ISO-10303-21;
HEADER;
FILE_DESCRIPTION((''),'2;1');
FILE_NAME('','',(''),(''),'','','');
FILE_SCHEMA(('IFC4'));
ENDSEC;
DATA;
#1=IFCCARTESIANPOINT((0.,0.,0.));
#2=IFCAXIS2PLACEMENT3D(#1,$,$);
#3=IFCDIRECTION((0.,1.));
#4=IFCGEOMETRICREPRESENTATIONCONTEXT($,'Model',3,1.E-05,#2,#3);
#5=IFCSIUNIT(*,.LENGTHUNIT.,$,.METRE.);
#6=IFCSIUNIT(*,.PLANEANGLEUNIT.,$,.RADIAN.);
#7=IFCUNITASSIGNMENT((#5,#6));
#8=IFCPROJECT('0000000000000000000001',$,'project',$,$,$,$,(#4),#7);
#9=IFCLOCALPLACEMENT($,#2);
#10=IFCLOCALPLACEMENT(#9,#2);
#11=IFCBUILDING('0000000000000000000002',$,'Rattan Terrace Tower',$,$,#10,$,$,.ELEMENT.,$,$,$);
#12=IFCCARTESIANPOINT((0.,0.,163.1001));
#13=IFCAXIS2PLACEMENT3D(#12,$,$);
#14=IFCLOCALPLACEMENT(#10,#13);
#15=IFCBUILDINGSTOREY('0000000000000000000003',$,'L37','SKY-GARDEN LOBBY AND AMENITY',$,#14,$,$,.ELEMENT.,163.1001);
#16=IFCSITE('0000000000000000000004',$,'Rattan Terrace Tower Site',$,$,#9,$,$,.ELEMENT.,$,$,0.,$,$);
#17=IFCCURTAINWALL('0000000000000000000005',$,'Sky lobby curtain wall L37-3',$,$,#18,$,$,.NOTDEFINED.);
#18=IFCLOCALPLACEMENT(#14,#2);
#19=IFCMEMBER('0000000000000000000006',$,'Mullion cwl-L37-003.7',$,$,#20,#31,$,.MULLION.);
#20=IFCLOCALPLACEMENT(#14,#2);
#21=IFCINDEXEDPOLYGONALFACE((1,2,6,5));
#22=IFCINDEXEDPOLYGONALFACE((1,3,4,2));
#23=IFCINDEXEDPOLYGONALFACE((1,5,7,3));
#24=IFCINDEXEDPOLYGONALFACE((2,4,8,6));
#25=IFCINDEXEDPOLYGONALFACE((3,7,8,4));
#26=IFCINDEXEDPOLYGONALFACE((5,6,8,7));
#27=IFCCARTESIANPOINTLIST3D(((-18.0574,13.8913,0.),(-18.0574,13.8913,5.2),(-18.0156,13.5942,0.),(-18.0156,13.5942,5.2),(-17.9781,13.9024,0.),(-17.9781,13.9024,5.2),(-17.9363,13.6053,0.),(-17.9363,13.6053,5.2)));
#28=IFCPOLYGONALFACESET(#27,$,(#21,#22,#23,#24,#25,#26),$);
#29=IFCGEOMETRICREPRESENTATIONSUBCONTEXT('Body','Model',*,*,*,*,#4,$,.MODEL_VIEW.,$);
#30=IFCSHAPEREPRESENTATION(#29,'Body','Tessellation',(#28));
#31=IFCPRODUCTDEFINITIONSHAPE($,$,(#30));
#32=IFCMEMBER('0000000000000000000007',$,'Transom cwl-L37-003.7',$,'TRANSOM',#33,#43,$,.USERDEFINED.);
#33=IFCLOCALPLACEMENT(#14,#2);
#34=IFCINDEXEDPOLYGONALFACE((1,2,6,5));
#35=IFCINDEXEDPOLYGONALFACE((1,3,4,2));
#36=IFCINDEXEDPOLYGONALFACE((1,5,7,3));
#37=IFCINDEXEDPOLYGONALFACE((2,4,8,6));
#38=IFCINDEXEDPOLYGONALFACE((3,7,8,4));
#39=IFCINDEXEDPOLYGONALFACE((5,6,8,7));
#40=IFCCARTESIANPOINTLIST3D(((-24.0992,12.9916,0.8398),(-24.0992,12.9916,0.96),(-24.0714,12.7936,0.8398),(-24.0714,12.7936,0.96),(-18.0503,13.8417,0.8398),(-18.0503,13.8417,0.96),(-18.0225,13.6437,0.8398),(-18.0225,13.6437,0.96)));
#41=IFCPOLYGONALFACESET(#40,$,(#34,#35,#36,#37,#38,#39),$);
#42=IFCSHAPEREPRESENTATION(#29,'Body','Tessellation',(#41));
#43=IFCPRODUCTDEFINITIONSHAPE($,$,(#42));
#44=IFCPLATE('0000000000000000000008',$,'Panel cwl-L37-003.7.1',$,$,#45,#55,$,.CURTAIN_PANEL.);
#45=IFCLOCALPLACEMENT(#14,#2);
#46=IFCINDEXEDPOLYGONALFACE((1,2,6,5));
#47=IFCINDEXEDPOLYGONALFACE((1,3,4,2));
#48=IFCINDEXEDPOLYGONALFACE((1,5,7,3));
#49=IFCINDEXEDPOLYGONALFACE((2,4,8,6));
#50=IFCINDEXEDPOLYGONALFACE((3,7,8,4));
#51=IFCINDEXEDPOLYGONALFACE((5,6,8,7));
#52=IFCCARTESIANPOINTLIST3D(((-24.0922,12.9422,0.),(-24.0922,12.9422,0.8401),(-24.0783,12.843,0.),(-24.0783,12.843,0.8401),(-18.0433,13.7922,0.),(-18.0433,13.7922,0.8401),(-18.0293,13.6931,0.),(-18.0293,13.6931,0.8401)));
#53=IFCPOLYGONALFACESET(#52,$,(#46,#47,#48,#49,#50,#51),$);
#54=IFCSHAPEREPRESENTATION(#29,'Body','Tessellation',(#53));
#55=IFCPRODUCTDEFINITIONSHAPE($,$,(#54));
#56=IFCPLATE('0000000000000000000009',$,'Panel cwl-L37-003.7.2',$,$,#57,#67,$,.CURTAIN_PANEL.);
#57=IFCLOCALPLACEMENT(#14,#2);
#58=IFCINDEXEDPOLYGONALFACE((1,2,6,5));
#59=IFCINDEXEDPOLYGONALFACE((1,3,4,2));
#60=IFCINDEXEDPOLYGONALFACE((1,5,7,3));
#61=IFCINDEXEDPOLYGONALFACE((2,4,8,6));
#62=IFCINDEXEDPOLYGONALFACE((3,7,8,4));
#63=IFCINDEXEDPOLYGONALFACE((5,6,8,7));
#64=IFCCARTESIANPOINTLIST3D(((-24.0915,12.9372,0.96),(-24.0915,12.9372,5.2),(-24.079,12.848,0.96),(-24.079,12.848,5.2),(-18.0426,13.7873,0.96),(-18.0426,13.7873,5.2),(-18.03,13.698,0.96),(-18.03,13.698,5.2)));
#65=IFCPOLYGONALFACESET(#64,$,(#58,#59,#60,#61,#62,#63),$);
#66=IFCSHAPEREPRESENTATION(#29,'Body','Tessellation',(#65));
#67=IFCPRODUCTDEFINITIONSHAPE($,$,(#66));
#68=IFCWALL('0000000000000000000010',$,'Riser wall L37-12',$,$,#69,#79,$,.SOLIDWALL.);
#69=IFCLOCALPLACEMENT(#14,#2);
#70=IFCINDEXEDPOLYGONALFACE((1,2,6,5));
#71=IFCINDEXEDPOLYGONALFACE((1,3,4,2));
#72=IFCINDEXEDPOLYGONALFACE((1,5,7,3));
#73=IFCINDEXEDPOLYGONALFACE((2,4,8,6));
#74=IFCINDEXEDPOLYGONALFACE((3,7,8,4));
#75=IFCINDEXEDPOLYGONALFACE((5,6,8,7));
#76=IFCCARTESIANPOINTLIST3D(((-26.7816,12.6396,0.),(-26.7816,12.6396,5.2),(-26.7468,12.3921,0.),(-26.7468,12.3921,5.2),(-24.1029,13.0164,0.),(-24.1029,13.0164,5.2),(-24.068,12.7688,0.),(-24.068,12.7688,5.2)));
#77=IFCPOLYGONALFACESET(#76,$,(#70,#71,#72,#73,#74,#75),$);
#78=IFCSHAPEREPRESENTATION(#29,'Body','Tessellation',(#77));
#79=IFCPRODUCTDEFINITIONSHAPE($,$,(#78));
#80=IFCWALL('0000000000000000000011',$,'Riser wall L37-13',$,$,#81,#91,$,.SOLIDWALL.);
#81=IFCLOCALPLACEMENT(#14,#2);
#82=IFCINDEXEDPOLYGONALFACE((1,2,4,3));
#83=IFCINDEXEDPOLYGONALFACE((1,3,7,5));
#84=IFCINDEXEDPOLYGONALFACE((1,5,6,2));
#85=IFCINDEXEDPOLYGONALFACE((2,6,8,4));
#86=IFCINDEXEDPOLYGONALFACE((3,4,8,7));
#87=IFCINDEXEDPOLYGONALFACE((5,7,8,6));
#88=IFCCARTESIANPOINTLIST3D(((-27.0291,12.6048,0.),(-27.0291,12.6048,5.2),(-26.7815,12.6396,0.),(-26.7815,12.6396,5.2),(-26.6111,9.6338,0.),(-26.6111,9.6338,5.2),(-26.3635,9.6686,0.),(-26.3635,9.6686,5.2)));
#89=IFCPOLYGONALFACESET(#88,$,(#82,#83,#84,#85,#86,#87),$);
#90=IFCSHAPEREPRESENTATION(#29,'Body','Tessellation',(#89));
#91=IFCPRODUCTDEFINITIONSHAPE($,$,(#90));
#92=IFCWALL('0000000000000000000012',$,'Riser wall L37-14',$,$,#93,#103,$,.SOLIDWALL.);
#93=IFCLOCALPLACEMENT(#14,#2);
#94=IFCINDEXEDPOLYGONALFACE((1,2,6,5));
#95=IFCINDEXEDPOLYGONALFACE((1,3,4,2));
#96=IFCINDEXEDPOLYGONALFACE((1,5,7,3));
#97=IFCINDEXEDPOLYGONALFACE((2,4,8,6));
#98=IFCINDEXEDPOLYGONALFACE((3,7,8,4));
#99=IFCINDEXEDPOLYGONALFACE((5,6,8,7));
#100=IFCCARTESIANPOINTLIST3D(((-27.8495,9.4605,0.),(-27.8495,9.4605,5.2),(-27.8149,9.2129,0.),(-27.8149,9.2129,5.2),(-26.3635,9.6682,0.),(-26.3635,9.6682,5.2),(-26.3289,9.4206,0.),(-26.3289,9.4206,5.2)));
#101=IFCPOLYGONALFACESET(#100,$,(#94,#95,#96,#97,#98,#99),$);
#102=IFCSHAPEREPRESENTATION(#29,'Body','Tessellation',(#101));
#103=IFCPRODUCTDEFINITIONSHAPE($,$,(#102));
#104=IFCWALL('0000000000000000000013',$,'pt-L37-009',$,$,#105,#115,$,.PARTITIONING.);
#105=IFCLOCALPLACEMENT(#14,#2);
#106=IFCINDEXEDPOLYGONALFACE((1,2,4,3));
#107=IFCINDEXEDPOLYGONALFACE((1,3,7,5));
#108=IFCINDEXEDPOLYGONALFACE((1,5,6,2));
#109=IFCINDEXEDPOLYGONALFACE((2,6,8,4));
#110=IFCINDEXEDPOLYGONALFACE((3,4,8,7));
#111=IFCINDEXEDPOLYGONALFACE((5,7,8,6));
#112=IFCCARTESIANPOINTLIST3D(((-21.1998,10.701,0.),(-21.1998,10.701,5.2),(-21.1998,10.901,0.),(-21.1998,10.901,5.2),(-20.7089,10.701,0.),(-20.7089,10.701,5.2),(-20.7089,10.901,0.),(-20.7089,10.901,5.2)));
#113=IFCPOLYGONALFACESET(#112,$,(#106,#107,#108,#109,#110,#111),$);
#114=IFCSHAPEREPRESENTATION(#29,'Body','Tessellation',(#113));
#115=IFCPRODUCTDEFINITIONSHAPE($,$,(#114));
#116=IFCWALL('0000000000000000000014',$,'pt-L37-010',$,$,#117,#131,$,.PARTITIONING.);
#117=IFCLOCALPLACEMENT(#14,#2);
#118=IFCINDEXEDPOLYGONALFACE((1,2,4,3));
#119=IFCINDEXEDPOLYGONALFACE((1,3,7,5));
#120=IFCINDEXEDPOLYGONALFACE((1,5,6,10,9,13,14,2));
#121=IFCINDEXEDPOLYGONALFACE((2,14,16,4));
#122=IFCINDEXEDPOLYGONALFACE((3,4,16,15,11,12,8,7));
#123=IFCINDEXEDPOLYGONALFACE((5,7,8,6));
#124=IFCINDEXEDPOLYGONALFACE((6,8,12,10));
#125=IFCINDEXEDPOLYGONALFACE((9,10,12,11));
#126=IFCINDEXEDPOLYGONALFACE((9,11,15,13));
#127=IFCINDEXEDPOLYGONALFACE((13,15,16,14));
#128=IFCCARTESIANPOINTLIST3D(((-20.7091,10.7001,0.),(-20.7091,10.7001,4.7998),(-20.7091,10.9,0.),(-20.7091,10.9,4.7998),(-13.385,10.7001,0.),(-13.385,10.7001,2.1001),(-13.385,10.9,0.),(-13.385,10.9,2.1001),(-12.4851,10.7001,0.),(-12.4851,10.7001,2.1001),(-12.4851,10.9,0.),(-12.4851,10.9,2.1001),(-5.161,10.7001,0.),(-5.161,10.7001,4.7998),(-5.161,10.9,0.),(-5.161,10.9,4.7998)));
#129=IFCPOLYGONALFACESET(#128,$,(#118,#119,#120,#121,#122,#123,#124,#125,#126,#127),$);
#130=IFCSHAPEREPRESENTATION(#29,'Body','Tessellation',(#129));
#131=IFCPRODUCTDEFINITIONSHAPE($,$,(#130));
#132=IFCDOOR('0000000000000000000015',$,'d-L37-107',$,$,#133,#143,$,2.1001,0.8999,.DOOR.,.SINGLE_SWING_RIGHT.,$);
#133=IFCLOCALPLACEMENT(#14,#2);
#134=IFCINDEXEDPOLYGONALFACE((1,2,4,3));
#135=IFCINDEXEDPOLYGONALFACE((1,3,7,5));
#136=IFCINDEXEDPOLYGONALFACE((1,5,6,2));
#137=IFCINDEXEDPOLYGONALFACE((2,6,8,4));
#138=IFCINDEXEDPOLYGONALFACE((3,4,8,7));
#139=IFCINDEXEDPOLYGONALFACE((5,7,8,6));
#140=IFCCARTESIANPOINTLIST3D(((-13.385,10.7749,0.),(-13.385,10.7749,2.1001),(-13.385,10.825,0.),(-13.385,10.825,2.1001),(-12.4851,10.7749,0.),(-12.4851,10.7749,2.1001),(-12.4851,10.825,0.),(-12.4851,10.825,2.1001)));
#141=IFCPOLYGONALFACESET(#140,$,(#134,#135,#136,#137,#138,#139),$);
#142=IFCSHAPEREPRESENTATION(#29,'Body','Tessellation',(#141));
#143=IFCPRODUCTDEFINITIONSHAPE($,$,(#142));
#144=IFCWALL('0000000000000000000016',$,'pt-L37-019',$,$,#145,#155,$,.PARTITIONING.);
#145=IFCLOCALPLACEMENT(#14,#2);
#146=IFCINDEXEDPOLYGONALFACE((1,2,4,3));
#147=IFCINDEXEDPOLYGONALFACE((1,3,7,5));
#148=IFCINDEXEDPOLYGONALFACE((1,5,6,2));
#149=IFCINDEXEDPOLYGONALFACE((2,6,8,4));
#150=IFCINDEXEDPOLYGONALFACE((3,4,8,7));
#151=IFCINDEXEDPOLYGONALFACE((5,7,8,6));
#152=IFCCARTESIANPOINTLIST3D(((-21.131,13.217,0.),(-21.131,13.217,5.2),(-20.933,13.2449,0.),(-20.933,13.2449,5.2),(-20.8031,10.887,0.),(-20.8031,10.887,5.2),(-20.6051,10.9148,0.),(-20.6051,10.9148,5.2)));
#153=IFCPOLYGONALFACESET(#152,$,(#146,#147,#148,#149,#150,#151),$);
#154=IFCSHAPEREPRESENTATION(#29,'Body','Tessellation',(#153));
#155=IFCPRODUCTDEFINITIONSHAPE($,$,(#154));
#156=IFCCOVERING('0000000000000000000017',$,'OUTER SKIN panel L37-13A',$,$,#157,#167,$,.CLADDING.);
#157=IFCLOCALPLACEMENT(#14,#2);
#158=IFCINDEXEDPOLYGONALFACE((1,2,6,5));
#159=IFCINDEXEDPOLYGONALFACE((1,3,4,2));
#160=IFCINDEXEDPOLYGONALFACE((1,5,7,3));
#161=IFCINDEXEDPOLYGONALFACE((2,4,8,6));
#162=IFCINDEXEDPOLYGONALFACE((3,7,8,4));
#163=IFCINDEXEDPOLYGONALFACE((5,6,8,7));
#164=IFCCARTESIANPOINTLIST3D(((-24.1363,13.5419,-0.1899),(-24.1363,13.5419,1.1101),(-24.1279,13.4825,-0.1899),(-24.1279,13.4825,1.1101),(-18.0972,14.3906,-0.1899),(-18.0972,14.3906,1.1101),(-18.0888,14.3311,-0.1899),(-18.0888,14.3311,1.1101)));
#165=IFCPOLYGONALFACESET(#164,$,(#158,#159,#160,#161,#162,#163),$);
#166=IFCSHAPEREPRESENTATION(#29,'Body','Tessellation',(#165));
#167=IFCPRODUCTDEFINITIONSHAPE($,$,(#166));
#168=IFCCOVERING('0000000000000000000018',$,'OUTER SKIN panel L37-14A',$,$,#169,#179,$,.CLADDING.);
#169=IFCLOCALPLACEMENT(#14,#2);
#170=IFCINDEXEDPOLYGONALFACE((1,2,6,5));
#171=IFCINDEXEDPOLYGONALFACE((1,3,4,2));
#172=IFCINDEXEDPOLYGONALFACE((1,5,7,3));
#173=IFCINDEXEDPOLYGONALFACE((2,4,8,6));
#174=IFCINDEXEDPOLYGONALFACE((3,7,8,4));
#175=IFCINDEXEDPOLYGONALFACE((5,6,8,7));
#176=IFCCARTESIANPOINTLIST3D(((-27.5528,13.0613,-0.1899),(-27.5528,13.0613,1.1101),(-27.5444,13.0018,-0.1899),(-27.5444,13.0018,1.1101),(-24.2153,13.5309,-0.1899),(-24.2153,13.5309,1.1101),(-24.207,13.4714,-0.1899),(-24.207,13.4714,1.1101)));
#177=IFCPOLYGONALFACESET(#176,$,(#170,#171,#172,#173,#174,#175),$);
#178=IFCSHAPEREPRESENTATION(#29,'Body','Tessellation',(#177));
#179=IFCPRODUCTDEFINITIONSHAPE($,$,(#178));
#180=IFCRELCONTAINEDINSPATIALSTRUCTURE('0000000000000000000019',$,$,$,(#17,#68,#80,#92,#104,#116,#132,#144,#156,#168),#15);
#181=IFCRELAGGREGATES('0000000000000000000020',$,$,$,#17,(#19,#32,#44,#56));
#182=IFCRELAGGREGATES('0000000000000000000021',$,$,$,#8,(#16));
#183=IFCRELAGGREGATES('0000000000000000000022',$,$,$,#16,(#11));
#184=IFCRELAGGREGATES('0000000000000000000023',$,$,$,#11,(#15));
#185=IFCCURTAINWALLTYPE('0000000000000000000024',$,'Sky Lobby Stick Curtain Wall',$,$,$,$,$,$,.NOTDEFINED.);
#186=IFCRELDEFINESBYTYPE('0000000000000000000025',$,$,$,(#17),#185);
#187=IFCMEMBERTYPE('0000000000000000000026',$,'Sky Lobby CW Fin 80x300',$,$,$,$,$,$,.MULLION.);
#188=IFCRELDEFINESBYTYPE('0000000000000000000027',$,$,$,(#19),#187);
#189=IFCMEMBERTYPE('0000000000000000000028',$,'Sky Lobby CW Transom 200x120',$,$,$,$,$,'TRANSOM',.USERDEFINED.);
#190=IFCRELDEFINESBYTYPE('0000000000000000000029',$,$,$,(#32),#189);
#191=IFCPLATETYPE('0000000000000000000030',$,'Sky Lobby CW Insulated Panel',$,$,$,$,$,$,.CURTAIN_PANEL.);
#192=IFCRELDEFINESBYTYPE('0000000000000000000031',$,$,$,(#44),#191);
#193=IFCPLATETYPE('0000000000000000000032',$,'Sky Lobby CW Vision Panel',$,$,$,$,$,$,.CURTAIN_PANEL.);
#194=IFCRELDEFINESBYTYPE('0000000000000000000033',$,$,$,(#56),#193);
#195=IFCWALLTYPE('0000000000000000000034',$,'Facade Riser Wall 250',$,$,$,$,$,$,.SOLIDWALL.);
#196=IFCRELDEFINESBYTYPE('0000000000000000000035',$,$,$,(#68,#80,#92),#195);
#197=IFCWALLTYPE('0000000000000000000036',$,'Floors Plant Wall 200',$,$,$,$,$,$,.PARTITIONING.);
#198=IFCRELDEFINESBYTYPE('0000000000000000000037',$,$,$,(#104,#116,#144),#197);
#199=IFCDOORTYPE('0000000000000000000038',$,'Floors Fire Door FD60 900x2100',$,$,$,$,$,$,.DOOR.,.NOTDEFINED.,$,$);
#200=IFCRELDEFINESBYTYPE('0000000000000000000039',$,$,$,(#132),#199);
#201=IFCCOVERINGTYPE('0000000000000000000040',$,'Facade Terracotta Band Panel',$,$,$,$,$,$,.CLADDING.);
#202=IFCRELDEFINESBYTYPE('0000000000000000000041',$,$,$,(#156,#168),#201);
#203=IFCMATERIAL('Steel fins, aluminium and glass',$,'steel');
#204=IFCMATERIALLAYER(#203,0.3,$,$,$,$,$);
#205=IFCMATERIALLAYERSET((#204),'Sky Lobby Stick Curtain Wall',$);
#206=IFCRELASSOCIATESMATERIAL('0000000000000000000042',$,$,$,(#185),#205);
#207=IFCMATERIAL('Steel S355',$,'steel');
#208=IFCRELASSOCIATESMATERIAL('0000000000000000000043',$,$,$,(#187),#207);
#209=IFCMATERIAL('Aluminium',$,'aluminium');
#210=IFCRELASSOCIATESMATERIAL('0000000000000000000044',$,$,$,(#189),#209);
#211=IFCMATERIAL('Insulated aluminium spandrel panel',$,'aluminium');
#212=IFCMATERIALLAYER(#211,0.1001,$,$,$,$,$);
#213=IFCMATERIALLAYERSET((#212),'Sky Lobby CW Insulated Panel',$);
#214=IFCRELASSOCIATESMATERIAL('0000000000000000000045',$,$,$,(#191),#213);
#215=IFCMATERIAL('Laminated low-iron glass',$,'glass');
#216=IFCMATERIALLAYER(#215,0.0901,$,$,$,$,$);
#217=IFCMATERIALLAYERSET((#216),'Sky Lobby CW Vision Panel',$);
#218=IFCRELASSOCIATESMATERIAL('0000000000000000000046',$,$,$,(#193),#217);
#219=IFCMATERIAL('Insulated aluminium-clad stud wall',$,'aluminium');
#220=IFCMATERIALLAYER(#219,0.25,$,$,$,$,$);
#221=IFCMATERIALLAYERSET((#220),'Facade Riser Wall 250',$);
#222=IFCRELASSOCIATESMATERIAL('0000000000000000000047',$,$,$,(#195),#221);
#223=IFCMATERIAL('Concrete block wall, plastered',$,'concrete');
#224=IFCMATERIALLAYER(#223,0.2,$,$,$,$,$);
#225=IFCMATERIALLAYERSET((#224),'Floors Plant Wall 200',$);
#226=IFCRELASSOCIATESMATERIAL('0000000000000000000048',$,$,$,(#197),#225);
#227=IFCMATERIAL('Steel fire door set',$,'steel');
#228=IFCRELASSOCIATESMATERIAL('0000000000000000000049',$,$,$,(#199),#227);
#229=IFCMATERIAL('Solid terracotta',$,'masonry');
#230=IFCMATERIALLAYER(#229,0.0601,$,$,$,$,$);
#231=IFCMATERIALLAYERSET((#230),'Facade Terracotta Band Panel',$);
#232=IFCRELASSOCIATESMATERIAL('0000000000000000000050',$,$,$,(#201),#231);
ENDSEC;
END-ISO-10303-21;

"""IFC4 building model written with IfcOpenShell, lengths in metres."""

from ifc_helpers import new_model, si_unit, direction, frame, frame_2d, origin, origin_2d, place, context, subcontext, project, spatial, rectangle, extrude, material, layer, layer_set, material_profile, profile_set, type_object, element, fill, aggregate, save


model = new_model("IFC4")

# Units and contexts
model_context = context("Model", 3, precision=1e-05, world=origin(), true_north=direction((0.0, 1.0)))
body_context = subcontext(model_context, "Body", "Model", "MODEL_VIEW")
ifc_project = project(units=[si_unit("LENGTHUNIT", "METRE"), si_unit("PLANEANGLEUNIT", "RADIAN")], contexts=[model_context])

# Site, building, storey
site_placement = place(None, origin())
site = spatial("IfcSite", under=ifc_project, at=site_placement, Name="Rattan Terrace Tower Site", CompositionType="ELEMENT", RefElevation=0.0)
building_placement = place(site_placement, origin())
building = spatial("IfcBuilding", under=site, at=building_placement, Name="Rattan Terrace Tower", CompositionType="ELEMENT")
storey_placement = place(building_placement, frame((0.0, 0.0, 163.1001)))
storey = spatial("IfcBuildingStorey", under=building, at=storey_placement, Name="L37", Description="SKY-GARDEN LOBBY AND AMENITY", CompositionType="ELEMENT", Elevation=163.1001)

# Curtain wall, members, plates
ifc_material_1 = material(Name="Steel fins, aluminium and glass", Category="steel")
ifc_layer_1 = layer(ifc_material_1, 0.3)
ifc_layer_set_1 = layer_set([ifc_layer_1], Name="Sky Lobby Stick Curtain Wall")
curtain_wall_type = type_object("IfcCurtainWallType", Name="Sky Lobby Stick Curtain Wall", PredefinedType="NOTDEFINED", material=ifc_layer_set_1)
curtain_wall_placement = place(storey_placement, origin())
curtain_wall = element("IfcCurtainWall", 1, at=curtain_wall_placement, inside=storey, type_object=curtain_wall_type, Name="Sky lobby curtain wall L37-3", PredefinedType="NOTDEFINED")
ifc_material_2 = material(Name="Steel S355", Category="steel")
ifc_material_profile_1 = material_profile(ifc_material_2, rectangle(XDim=0.0801, YDim=0.3, at=origin_2d()), Name="Steel S355 80x300")
ifc_profile_set_1 = profile_set([ifc_material_profile_1], Name="Steel S355")
member_type_1 = type_object("IfcMemberType", Name="Sky Lobby CW Fin 80x300", PredefinedType="MULLION", material=ifc_profile_set_1)
member_1_placement = place(storey_placement, frame((-17.9968, 13.7483, 0.0), z_axis=(0.0, 0.0, 1.0), x_axis=(-0.99027, -0.139161, 0.0)))
member_1 = element("IfcMember", 2, at=member_1_placement, type_object=member_type_1, Name="Mullion cwl-L37-003.7", PredefinedType="MULLION", context=body_context, shape_type="SweptSolid", body=[
    extrude(rectangle(XDim=0.0801, YDim=0.3, at=origin_2d()), origin(), (0.0, 0.0, 1.0), 5.2),
])
ifc_material_3 = material(Name="Aluminium", Category="aluminium")
ifc_material_profile_2 = material_profile(ifc_material_3, rectangle(XDim=0.2, YDim=0.1201, at=origin_2d()), Name="Aluminium 200x120")
ifc_profile_set_2 = profile_set([ifc_material_profile_2], Name="Aluminium")
member_type_2 = type_object("IfcMemberType", Name="Sky Lobby CW Transom 200x120", ElementType="TRANSOM", PredefinedType="USERDEFINED", material=ifc_profile_set_2)
member_2_placement = place(storey_placement, frame((-18.0364, 13.7427, 0.8999), z_axis=(-0.990269, -0.139166, 0.0), x_axis=(0.139166, -0.990269, 0.0)))
member_2 = element("IfcMember", 3, at=member_2_placement, type_object=member_type_2, Name="Transom cwl-L37-003.7", ObjectType="TRANSOM", PredefinedType="USERDEFINED", context=body_context, shape_type="SweptSolid", body=[
    extrude(rectangle(XDim=0.2, YDim=0.1201, at=origin_2d()), origin(), (0.0, 0.0, 1.0), 6.1084),
])
ifc_material_4 = material(Name="Insulated aluminium spandrel panel", Category="aluminium")
ifc_layer_2 = layer(ifc_material_4, 0.1001)
ifc_layer_set_2 = layer_set([ifc_layer_2], Name="Sky Lobby CW Insulated Panel")
plate_type_1 = type_object("IfcPlateType", Name="Sky Lobby CW Insulated Panel", PredefinedType="CURTAIN_PANEL", material=ifc_layer_set_2)
plate_1_placement = place(storey_placement, frame((-21.0608, 13.3176, 0.0), z_axis=(0.0, 0.0, 1.0), x_axis=(-0.99027, -0.139161, 0.0)))
plate_1 = element("IfcPlate", 4, at=plate_1_placement, type_object=plate_type_1, Name="Panel cwl-L37-003.7.1", PredefinedType="CURTAIN_PANEL", context=body_context, shape_type="SweptSolid", body=[
    extrude(rectangle(XDim=6.1084, YDim=0.1001, at=origin_2d()), origin(), (0.0, 0.0, 1.0), 0.8401),
])
ifc_material_5 = material(Name="Laminated low-iron glass", Category="glass")
ifc_layer_3 = layer(ifc_material_5, 0.0901)
ifc_layer_set_3 = layer_set([ifc_layer_3], Name="Sky Lobby CW Vision Panel")
plate_type_2 = type_object("IfcPlateType", Name="Sky Lobby CW Vision Panel", PredefinedType="CURTAIN_PANEL", material=ifc_layer_set_3)
plate_2_placement = place(storey_placement, frame((-21.0608, 13.3176, 0.96), z_axis=(0.0, 0.0, 1.0), x_axis=(-0.99027, -0.139161, 0.0)))
plate_2 = element("IfcPlate", 5, at=plate_2_placement, type_object=plate_type_2, Name="Panel cwl-L37-003.7.2", PredefinedType="CURTAIN_PANEL", context=body_context, shape_type="SweptSolid", body=[
    extrude(rectangle(XDim=6.1084, YDim=0.0901, at=origin_2d()), origin(), (0.0, 0.0, 1.0), 4.24),
])
aggregate(curtain_wall, [member_1, member_2, plate_1, plate_2])

# Walls
ifc_material_6 = material(Name="Insulated aluminium-clad stud wall", Category="aluminium")
ifc_layer_4 = layer(ifc_material_6, 0.25)
ifc_layer_set_4 = layer_set([ifc_layer_4], Name="Facade Riser Wall 250")
wall_type_1 = type_object("IfcWallType", Name="Facade Riser Wall 250", PredefinedType="SOLIDWALL", material=ifc_layer_set_4)
wall_1_placement = place(storey_placement, frame((-24.0854, 12.8926, 0.0), z_axis=(0.0, 0.0, 1.0), x_axis=(-0.990256, -0.13926, 0.0)))
element("IfcWall", 6, at=wall_1_placement, inside=storey, type_object=wall_type_1, Name="Riser wall L37-12", PredefinedType="SOLIDWALL", context=body_context, shape_type="SweptSolid", body=[
    extrude(rectangle(XDim=2.7051, YDim=0.25, at=frame_2d((1.3525, 0.0))), origin(), (0.0, 0.0, 1.0), 5.2),
])
wall_2_placement = place(storey_placement, frame((-26.9053, 12.6221, 0.0), z_axis=(0.0, 0.0, 1.0), x_axis=(0.139313, -0.990248, 0.0)))
element("IfcWall", 7, at=wall_2_placement, inside=storey, type_object=wall_type_1, Name="Riser wall L37-13", PredefinedType="SOLIDWALL", context=body_context, shape_type="SweptSolid", body=[
    extrude(rectangle(XDim=3.0002, YDim=0.25, at=frame_2d((1.5, 0.0))), origin(), (0.0, 0.0, 1.0), 5.2),
])
wall_3_placement = place(storey_placement, frame((-26.3462, 9.5444, 0.0), z_axis=(0.0, 0.0, 1.0), x_axis=(-0.990368, -0.13846, 0.0)))
element("IfcWall", 8, at=wall_3_placement, inside=storey, type_object=wall_type_1, Name="Riser wall L37-14", PredefinedType="SOLIDWALL", context=body_context, shape_type="SweptSolid", body=[
    extrude(rectangle(XDim=1.5005, YDim=0.25, at=frame_2d((0.7502, 0.0))), origin(), (0.0, 0.0, 1.0), 5.2),
])
ifc_material_7 = material(Name="Concrete block wall, plastered", Category="concrete")
ifc_layer_5 = layer(ifc_material_7, 0.2)
ifc_layer_set_5 = layer_set([ifc_layer_5], Name="Floors Plant Wall 200")
wall_type_2 = type_object("IfcWallType", Name="Floors Plant Wall 200", PredefinedType="PARTITIONING", material=ifc_layer_set_5)
wall_4_placement = place(storey_placement, frame((-21.2, 10.801, 0.0), z_axis=(0.0, 0.0, 1.0), x_axis=(1.0, 0.0, 0.0)))
element("IfcWall", 9, at=wall_4_placement, inside=storey, type_object=wall_type_2, Name="pt-L37-009", PredefinedType="PARTITIONING", context=body_context, shape_type="SweptSolid", body=[
    extrude(rectangle(XDim=0.491, YDim=0.2, at=frame_2d((0.2456, 0.0))), origin(), (0.0, 0.0, 1.0), 5.2),
])

# Wall, opening, door
wall_5_placement = place(storey_placement, frame((-20.709, 10.8, 0.0), z_axis=(0.0, 0.0, 1.0), x_axis=(1.0, 0.0, 0.0)))
wall_5 = element("IfcWall", 10, at=wall_5_placement, inside=storey, type_object=wall_type_2, Name="pt-L37-010", PredefinedType="PARTITIONING", context=body_context, shape_type="SweptSolid", body=[
    extrude(rectangle(XDim=15.5481, YDim=0.2, at=frame_2d((7.7739, 0.0))), origin(), (0.0, 0.0, 1.0), 4.7998),
])
opening_placement = place(wall_5_placement, frame((7.324, 0.0, 0.0)))
opening = element("IfcOpeningElement", 11, at=opening_placement, cuts=wall_5, PredefinedType="OPENING", context=body_context, shape_type="SweptSolid", body=[
    extrude(rectangle(XDim=0.8999, YDim=2.1001, at=frame_2d((0.45, 1.05))), frame((0.0, 0.1106, 0.0), z_axis=(0.0, -1.0, 0.0), x_axis=(1.0, 0.0, 0.0)), (0.0, 0.0, 1.0), 0.2209),
])
ifc_material_8 = material(Name="Steel fire door set", Category="steel")
door_type = type_object("IfcDoorType", Name="Floors Fire Door FD60 900x2100", OperationType="NOTDEFINED", PredefinedType="DOOR", material=ifc_material_8)
door_placement = place(opening_placement, origin())
door = element("IfcDoor", 12, at=door_placement, inside=storey, type_object=door_type, Name="d-L37-107", OperationType="SINGLE_SWING_RIGHT", OverallHeight=2.1001, OverallWidth=0.8999, PredefinedType="DOOR", context=body_context, shape_type="SweptSolid", body=[
    extrude(rectangle(XDim=0.8999, YDim=2.1001, at=frame_2d((0.45, 1.05))), frame((0.0, 0.0249, 0.0), z_axis=(0.0, -1.0, 0.0), x_axis=(1.0, 0.0, 0.0)), (0.0, 0.0, 1.0), 0.05),
])
fill(opening, door)

# Wall
wall_6_placement = place(storey_placement, frame((-21.032, 13.231, 0.0), z_axis=(0.0, 0.0, 1.0), x_axis=(0.139344, -0.990244, 0.0)))
element("IfcWall", 13, at=wall_6_placement, inside=storey, type_object=wall_type_2, Name="pt-L37-019", PredefinedType="PARTITIONING", context=body_context, shape_type="SweptSolid", body=[
    extrude(rectangle(XDim=2.353, YDim=0.2, at=frame_2d((1.1765, 0.0))), origin(), (0.0, 0.0, 1.0), 5.2),
])

# Coverings
ifc_material_9 = material(Name="Solid terracotta", Category="masonry")
ifc_layer_6 = layer(ifc_material_9, 0.0601)
ifc_layer_set_6 = layer_set([ifc_layer_6], Name="Facade Terracotta Band Panel")
covering_type_1 = type_object("IfcCoveringType", Name="Facade Terracotta Band Panel", PredefinedType="CLADDING", material=ifc_layer_set_6)
covering_1_placement = place(storey_placement, frame((-21.1125, 13.9365, -0.1899), z_axis=(0.0, 0.0, 1.0), x_axis=(-0.99027, -0.139161, 0.0)))
element("IfcCovering", 14, at=covering_1_placement, inside=storey, type_object=covering_type_1, Name="OUTER SKIN panel L37-13A", PredefinedType="CLADDING", context=body_context, shape_type="SweptSolid", body=[
    extrude(rectangle(XDim=6.0984, YDim=0.0601, at=origin_2d()), origin(), (0.0, 0.0, 1.0), 1.3),
])
covering_2_placement = place(storey_placement, frame((-25.8799, 13.2664, -0.1899), z_axis=(0.0, 0.0, 1.0), x_axis=(-0.990247, -0.139321, 0.0)))
element("IfcCovering", 15, at=covering_2_placement, inside=storey, type_object=covering_type_1, Name="OUTER SKIN panel L37-14A", PredefinedType="CLADDING", context=body_context, shape_type="SweptSolid", body=[
    extrude(rectangle(XDim=3.3704, YDim=0.0601, at=origin_2d()), origin(), (0.0, 0.0, 1.0), 1.3),
])

save(model, "model.ifc")
